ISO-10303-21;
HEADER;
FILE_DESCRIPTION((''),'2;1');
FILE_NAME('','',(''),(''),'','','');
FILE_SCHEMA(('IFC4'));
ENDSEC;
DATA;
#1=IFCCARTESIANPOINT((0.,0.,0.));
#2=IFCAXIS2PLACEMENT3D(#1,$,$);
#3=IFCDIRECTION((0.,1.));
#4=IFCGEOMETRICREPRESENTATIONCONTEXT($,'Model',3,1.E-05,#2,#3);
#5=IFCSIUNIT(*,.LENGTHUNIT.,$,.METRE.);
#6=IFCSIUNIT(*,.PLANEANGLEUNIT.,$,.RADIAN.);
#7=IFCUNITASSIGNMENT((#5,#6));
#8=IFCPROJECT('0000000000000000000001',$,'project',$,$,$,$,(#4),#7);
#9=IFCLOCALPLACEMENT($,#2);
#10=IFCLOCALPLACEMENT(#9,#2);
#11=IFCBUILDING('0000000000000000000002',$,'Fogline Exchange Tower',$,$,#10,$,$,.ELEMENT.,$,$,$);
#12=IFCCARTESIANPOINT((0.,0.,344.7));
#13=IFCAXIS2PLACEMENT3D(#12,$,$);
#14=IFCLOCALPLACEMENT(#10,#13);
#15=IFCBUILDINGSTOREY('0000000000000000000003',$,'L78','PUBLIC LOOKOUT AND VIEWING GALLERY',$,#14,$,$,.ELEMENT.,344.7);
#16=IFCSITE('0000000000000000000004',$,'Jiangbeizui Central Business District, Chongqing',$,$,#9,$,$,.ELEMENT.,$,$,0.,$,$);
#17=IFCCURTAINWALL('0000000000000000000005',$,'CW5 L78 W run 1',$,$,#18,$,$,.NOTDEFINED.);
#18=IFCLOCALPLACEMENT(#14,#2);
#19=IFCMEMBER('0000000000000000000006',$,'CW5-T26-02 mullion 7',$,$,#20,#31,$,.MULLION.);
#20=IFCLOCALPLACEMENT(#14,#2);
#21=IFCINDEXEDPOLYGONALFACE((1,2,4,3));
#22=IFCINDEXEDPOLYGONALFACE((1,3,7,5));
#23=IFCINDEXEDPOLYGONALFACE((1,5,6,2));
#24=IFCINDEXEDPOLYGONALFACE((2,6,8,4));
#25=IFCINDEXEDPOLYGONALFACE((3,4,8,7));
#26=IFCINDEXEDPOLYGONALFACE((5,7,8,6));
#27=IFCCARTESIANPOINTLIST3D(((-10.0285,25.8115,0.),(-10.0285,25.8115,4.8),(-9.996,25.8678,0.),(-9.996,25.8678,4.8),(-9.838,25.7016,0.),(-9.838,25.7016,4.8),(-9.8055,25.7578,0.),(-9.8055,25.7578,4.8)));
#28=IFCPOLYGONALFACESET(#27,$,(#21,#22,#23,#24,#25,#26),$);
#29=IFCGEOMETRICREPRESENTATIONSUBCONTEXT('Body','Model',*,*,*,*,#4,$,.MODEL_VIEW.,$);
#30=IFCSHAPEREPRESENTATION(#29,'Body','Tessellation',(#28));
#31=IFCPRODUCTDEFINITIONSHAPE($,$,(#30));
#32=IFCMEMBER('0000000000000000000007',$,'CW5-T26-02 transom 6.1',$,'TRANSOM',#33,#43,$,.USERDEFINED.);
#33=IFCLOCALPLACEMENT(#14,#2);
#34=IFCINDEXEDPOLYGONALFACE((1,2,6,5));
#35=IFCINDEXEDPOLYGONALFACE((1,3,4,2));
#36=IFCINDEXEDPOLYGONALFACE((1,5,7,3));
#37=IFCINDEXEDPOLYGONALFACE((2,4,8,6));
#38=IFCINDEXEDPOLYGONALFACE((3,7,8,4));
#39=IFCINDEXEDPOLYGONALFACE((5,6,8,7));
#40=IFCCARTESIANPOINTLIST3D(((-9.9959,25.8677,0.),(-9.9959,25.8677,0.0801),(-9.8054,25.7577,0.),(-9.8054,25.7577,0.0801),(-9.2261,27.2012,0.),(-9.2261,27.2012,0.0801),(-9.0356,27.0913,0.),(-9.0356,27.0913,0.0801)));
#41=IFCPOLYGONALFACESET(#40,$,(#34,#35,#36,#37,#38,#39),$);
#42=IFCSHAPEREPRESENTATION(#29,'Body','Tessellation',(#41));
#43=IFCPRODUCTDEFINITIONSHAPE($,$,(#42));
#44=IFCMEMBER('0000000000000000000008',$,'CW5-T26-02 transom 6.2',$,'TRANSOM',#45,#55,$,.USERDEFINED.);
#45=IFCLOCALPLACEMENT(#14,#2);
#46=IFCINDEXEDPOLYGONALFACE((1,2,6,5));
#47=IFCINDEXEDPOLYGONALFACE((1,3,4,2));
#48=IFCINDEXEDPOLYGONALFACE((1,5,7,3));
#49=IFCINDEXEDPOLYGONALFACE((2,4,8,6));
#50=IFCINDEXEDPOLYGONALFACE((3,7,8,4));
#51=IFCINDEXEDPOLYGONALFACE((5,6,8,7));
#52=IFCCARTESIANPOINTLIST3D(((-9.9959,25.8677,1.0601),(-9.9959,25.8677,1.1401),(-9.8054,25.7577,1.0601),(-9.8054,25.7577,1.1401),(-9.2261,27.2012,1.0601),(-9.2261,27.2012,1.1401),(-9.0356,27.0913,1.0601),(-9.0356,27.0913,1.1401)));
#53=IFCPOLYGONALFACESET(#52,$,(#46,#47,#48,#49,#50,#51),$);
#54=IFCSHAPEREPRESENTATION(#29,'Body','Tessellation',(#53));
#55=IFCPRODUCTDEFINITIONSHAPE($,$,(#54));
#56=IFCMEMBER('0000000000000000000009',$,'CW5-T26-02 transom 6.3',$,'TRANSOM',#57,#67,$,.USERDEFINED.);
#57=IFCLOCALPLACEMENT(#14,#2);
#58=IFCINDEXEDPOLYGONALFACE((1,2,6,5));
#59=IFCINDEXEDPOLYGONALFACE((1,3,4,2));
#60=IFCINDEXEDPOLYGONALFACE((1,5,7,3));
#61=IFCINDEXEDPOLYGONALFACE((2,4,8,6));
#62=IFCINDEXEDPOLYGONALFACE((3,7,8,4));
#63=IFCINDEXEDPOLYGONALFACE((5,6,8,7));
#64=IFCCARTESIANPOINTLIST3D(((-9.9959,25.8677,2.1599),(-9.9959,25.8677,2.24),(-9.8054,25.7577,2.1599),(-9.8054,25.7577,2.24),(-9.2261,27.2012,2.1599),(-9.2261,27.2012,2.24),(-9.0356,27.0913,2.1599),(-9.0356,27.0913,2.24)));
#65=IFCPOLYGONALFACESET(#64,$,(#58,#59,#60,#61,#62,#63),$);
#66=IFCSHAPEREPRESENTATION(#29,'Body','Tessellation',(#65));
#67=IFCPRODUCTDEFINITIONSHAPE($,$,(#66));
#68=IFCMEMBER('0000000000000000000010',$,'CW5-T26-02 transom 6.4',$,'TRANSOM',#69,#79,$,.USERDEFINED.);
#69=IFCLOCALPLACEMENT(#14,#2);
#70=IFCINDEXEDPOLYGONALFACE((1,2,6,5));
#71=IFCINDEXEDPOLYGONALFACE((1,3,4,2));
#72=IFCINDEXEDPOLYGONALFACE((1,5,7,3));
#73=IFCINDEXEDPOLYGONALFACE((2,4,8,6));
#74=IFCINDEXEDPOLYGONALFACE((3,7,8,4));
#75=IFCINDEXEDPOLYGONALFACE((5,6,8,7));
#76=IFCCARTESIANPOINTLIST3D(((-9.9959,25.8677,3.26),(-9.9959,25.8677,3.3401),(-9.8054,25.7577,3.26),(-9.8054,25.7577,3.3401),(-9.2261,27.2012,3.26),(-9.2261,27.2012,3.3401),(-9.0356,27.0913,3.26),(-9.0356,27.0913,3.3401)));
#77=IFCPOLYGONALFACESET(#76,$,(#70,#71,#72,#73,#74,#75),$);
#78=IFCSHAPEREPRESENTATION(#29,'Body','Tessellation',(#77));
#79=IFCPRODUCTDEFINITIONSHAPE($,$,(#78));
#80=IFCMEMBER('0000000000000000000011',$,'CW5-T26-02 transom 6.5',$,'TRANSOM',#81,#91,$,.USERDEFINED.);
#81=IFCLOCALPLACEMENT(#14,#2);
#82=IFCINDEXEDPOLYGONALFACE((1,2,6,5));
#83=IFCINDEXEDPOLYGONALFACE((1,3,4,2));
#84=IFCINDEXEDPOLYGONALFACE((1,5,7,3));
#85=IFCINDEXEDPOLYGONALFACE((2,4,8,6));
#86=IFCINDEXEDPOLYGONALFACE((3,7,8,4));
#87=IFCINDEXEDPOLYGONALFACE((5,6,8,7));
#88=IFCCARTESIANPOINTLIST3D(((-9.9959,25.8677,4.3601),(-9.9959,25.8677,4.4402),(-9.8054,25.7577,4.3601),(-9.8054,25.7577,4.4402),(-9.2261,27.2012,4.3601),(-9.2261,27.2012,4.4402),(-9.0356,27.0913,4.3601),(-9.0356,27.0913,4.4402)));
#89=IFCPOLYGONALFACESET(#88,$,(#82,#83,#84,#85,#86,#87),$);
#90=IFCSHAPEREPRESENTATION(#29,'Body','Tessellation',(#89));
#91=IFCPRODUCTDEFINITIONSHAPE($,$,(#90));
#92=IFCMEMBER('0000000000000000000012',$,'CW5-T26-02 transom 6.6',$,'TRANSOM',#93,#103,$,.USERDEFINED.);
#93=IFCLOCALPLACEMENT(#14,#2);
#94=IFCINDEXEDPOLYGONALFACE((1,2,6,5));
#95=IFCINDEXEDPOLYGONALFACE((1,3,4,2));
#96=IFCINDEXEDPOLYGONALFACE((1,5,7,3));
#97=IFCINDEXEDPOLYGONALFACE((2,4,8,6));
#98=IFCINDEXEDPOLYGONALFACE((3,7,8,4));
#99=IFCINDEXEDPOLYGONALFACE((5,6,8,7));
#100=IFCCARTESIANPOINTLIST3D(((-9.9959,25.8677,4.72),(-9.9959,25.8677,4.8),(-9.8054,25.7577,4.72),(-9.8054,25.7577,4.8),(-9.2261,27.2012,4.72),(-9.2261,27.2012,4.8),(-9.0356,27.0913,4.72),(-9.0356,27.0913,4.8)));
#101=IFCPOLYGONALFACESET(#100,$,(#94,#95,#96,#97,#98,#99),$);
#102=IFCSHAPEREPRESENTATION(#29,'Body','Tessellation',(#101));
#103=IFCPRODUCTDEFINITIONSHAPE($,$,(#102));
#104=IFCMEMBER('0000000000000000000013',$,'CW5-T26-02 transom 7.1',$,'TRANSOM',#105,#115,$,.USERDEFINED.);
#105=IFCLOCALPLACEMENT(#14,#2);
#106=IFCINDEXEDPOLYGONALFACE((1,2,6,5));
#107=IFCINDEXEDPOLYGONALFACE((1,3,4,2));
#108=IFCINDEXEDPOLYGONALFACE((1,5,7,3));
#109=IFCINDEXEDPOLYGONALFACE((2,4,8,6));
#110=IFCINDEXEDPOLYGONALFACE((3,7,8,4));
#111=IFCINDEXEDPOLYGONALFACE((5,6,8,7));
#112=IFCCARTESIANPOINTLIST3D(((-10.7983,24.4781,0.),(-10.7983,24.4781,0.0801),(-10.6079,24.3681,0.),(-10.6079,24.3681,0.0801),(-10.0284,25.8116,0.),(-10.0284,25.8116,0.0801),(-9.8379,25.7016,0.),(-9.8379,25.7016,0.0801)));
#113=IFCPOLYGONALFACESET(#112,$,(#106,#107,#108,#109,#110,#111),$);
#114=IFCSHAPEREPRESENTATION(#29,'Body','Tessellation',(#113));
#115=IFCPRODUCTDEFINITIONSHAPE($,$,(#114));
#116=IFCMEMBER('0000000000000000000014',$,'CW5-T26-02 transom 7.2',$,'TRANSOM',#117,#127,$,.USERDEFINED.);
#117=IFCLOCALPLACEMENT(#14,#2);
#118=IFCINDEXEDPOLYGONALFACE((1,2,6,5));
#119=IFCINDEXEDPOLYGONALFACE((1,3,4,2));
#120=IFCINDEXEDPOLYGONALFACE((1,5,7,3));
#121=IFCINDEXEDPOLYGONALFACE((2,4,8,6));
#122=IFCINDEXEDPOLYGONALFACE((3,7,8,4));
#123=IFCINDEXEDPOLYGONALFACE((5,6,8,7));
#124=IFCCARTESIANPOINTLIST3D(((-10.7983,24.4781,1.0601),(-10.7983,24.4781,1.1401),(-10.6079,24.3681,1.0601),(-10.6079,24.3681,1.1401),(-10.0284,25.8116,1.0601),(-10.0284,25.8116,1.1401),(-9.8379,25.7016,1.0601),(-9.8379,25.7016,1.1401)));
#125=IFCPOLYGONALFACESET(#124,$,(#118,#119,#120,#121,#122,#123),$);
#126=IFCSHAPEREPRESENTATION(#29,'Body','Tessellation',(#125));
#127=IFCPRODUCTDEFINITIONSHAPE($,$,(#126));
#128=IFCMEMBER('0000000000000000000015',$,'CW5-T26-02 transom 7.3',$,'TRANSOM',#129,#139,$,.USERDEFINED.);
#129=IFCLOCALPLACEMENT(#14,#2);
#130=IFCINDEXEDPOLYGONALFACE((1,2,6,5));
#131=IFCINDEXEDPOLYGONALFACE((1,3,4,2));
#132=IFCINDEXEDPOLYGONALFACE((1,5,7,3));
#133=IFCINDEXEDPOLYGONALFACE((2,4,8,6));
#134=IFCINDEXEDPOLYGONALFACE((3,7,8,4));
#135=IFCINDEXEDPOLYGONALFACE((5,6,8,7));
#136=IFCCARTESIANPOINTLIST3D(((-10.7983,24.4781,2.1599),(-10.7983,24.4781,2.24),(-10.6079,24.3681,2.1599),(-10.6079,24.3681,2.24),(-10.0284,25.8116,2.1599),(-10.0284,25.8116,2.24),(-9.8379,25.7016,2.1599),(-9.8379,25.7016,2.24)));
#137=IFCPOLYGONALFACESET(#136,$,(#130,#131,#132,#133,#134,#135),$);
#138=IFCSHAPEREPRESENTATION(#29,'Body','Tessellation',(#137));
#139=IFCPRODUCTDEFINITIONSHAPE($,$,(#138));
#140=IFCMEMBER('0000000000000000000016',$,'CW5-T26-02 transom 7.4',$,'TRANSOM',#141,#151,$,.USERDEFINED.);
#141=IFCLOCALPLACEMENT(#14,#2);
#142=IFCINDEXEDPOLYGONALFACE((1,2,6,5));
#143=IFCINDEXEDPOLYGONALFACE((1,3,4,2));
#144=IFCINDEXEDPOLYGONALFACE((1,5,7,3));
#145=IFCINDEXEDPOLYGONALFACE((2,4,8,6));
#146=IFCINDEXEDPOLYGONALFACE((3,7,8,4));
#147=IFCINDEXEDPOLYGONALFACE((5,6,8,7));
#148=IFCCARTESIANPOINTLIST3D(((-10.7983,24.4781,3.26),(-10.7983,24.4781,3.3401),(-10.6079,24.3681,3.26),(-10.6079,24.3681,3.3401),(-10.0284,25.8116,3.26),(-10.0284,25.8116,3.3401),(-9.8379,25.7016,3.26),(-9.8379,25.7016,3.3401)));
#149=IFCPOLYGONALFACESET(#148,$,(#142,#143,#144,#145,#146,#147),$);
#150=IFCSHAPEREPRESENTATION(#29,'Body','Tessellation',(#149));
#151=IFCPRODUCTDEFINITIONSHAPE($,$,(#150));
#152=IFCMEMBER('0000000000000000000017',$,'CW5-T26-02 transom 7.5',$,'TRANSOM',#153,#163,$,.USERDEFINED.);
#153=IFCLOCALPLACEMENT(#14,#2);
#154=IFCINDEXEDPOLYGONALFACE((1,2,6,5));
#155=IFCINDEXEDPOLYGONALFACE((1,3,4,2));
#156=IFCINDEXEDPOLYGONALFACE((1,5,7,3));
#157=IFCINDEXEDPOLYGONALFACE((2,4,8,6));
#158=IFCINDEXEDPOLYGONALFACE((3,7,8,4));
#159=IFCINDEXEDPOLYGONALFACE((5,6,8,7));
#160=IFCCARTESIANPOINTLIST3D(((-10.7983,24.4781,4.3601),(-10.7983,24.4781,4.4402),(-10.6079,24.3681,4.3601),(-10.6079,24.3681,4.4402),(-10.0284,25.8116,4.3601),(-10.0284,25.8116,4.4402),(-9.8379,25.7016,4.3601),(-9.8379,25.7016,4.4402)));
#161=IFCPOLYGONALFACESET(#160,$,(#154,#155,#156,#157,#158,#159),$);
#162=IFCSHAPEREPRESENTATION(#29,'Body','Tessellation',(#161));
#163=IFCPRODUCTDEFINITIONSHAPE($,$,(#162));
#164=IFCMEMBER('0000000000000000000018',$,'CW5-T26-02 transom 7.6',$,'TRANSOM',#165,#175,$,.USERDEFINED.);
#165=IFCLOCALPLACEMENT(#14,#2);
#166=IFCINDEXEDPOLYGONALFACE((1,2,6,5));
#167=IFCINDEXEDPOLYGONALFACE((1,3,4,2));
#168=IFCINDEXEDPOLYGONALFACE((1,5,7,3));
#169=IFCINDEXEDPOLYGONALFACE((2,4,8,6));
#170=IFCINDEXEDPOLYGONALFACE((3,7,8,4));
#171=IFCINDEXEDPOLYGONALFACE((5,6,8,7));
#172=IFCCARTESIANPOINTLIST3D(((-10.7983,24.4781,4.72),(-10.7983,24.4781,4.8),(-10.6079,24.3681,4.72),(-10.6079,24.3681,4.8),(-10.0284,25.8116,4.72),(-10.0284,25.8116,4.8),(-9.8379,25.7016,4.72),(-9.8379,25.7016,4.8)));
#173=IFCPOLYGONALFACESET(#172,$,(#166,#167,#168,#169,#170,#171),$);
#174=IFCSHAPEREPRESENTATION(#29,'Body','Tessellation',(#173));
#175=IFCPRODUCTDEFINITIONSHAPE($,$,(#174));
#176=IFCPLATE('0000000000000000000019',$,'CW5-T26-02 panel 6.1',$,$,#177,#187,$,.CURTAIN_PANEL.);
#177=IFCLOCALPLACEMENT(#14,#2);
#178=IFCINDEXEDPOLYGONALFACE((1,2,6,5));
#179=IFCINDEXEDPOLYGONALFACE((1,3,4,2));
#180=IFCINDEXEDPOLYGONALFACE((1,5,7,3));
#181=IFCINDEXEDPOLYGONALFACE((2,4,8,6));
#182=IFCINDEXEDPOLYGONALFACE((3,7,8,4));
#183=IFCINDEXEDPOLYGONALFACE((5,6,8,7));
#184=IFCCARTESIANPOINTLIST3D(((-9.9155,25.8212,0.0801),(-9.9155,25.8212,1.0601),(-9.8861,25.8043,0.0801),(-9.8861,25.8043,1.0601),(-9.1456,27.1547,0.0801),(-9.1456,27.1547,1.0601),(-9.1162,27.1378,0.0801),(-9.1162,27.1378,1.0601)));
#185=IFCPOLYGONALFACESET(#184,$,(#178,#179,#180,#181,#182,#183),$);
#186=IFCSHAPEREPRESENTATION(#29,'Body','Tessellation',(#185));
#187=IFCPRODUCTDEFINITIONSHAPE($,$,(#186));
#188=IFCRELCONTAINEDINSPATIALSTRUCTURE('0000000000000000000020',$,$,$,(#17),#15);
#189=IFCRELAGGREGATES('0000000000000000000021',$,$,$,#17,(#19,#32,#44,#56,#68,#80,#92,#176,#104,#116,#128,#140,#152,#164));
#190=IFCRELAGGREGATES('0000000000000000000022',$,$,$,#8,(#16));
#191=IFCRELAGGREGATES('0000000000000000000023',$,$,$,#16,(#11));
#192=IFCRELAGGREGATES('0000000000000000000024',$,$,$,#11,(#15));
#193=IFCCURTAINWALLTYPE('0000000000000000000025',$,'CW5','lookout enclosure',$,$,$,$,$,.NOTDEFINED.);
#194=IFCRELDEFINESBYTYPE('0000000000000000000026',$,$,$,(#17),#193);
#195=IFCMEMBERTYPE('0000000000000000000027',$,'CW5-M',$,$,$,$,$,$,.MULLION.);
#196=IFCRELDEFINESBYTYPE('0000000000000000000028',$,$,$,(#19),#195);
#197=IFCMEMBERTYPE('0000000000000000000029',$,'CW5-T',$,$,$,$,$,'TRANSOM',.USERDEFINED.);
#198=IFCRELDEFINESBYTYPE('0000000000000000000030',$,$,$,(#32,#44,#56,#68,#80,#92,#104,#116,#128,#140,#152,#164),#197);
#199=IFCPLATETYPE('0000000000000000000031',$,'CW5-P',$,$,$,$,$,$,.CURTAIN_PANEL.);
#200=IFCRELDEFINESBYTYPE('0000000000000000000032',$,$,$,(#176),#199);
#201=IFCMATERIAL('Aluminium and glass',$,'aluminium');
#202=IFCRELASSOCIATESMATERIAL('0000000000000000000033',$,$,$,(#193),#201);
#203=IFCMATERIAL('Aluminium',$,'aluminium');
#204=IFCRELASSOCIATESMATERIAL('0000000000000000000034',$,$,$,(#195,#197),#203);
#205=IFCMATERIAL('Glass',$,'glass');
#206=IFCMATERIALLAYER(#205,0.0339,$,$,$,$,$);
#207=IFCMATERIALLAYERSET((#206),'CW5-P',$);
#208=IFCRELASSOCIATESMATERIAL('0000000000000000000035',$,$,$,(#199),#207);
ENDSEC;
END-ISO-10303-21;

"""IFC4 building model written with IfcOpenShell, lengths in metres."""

from ifc_helpers import new_model, si_unit, direction, frame, origin, origin_2d, place, context, subcontext, project, spatial, rectangle, extrude, material, layer, layer_set, material_profile, profile_set, type_object, element, aggregate, save


model = new_model("IFC4")

# Units and contexts
model_context = context("Model", 3, precision=1e-05, world=origin(), true_north=direction((0.0, 1.0)))
body_context = subcontext(model_context, "Body", "Model", "MODEL_VIEW")
ifc_project = project(units=[si_unit("LENGTHUNIT", "METRE"), si_unit("PLANEANGLEUNIT", "RADIAN")], contexts=[model_context])

# Site, building, storey
site_placement = place(None, origin())
site = spatial("IfcSite", under=ifc_project, at=site_placement, Name="Jiangbeizui Central Business District, Chongqing", CompositionType="ELEMENT", RefElevation=0.0)
building_placement = place(site_placement, origin())
building = spatial("IfcBuilding", under=site, at=building_placement, Name="Fogline Exchange Tower", CompositionType="ELEMENT")
storey_placement = place(building_placement, frame((0.0, 0.0, 344.7)))
storey = spatial("IfcBuildingStorey", under=building, at=storey_placement, Name="L78", Description="PUBLIC LOOKOUT AND VIEWING GALLERY", CompositionType="ELEMENT", Elevation=344.7)

# Curtain wall, members, plate
ifc_material_1 = material(Name="Aluminium and glass", Category="aluminium")
curtain_wall_type = type_object("IfcCurtainWallType", Name="CW5", Description="lookout enclosure", PredefinedType="NOTDEFINED", material=ifc_material_1)
curtain_wall_placement = place(storey_placement, origin())
curtain_wall = element("IfcCurtainWall", 1, at=curtain_wall_placement, inside=storey, type_object=curtain_wall_type, Name="CW5 L78 W run 1", PredefinedType="NOTDEFINED")
ifc_material_2 = material(Name="Aluminium", Category="aluminium")
ifc_material_profile_1 = material_profile(ifc_material_2, rectangle(XDim=0.22, YDim=0.0649, at=origin_2d()), Name="Mullion 65x220")
ifc_profile_set_1 = profile_set([ifc_material_profile_1], Name="Aluminium")
member_type_1 = type_object("IfcMemberType", Name="CW5-M", PredefinedType="MULLION", material=ifc_profile_set_1)
member_1_placement = place(storey_placement, frame((-9.917, 25.7847, 0.0), z_axis=(0.0, 0.0, 1.0), x_axis=(0.866025, -0.5, 0.0)))
member_1 = element("IfcMember", 2, at=member_1_placement, type_object=member_type_1, Name="CW5-T26-02 mullion 7", PredefinedType="MULLION", context=body_context, shape_type="SweptSolid", body=[
    extrude(rectangle(XDim=0.22, YDim=0.0649, at=origin_2d()), origin(), (0.0, 0.0, 1.0), 4.8),
])
ifc_material_profile_2 = material_profile(ifc_material_2, rectangle(XDim=0.22, YDim=0.0801, at=origin_2d()), Name="Transom 80x220")
ifc_profile_set_2 = profile_set([ifc_material_profile_2], Name="Aluminium")
member_type_2 = type_object("IfcMemberType", Name="CW5-T", ElementType="TRANSOM", PredefinedType="USERDEFINED", material=ifc_profile_set_2)
member_2_placement = place(storey_placement, frame((-9.1309, 27.1462, 0.04), z_axis=(-0.499942, -0.866059, 0.0), x_axis=(0.866059, -0.499942, 0.0)))
member_2 = element("IfcMember", 3, at=member_2_placement, type_object=member_type_2, Name="CW5-T26-02 transom 6.1", ObjectType="TRANSOM", PredefinedType="USERDEFINED", context=body_context, shape_type="SweptSolid", body=[
    extrude(rectangle(XDim=0.22, YDim=0.0801, at=origin_2d()), origin(), (0.0, 0.0, 1.0), 1.5398),
])
member_3_placement = place(storey_placement, frame((-9.1309, 27.1462, 1.1001), z_axis=(-0.499942, -0.866059, 0.0), x_axis=(0.866059, -0.499942, 0.0)))
member_3 = element("IfcMember", 4, at=member_3_placement, type_object=member_type_2, Name="CW5-T26-02 transom 6.2", ObjectType="TRANSOM", PredefinedType="USERDEFINED", context=body_context, shape_type="SweptSolid", body=[
    extrude(rectangle(XDim=0.22, YDim=0.0801, at=origin_2d()), origin(), (0.0, 0.0, 1.0), 1.5398),
])
member_4_placement = place(storey_placement, frame((-9.1309, 27.1462, 2.2), z_axis=(-0.499942, -0.866059, 0.0), x_axis=(0.866059, -0.499942, 0.0)))
member_4 = element("IfcMember", 5, at=member_4_placement, type_object=member_type_2, Name="CW5-T26-02 transom 6.3", ObjectType="TRANSOM", PredefinedType="USERDEFINED", context=body_context, shape_type="SweptSolid", body=[
    extrude(rectangle(XDim=0.22, YDim=0.0801, at=origin_2d()), origin(), (0.0, 0.0, 1.0), 1.5398),
])
member_5_placement = place(storey_placement, frame((-9.1309, 27.1462, 3.3), z_axis=(-0.499942, -0.866059, 0.0), x_axis=(0.866059, -0.499942, 0.0)))
member_5 = element("IfcMember", 6, at=member_5_placement, type_object=member_type_2, Name="CW5-T26-02 transom 6.4", ObjectType="TRANSOM", PredefinedType="USERDEFINED", context=body_context, shape_type="SweptSolid", body=[
    extrude(rectangle(XDim=0.22, YDim=0.0801, at=origin_2d()), origin(), (0.0, 0.0, 1.0), 1.5398),
])
member_6_placement = place(storey_placement, frame((-9.1309, 27.1462, 4.4001), z_axis=(-0.499942, -0.866059, 0.0), x_axis=(0.866059, -0.499942, 0.0)))
member_6 = element("IfcMember", 7, at=member_6_placement, type_object=member_type_2, Name="CW5-T26-02 transom 6.5", ObjectType="TRANSOM", PredefinedType="USERDEFINED", context=body_context, shape_type="SweptSolid", body=[
    extrude(rectangle(XDim=0.22, YDim=0.0801, at=origin_2d()), origin(), (0.0, 0.0, 1.0), 1.5398),
])
member_7_placement = place(storey_placement, frame((-9.1309, 27.1462, 4.76), z_axis=(-0.499942, -0.866059, 0.0), x_axis=(0.866059, -0.499942, 0.0)))
member_7 = element("IfcMember", 8, at=member_7_placement, type_object=member_type_2, Name="CW5-T26-02 transom 6.6", ObjectType="TRANSOM", PredefinedType="USERDEFINED", context=body_context, shape_type="SweptSolid", body=[
    extrude(rectangle(XDim=0.22, YDim=0.0801, at=origin_2d()), origin(), (0.0, 0.0, 1.0), 1.5398),
])
member_8_placement = place(storey_placement, frame((-9.9331, 25.7566, 0.04), z_axis=(-0.500061, -0.86599, 0.0), x_axis=(0.86599, -0.500061, 0.0)))
member_8 = element("IfcMember", 9, at=member_8_placement, type_object=member_type_2, Name="CW5-T26-02 transom 7.1", ObjectType="TRANSOM", PredefinedType="USERDEFINED", context=body_context, shape_type="SweptSolid", body=[
    extrude(rectangle(XDim=0.22, YDim=0.0801, at=origin_2d()), origin(), (0.0, 0.0, 1.0), 1.5398),
])
member_9_placement = place(storey_placement, frame((-9.9331, 25.7566, 1.1001), z_axis=(-0.500061, -0.86599, 0.0), x_axis=(0.86599, -0.500061, 0.0)))
member_9 = element("IfcMember", 10, at=member_9_placement, type_object=member_type_2, Name="CW5-T26-02 transom 7.2", ObjectType="TRANSOM", PredefinedType="USERDEFINED", context=body_context, shape_type="SweptSolid", body=[
    extrude(rectangle(XDim=0.22, YDim=0.0801, at=origin_2d()), origin(), (0.0, 0.0, 1.0), 1.5398),
])
member_10_placement = place(storey_placement, frame((-9.9331, 25.7566, 2.2), z_axis=(-0.500061, -0.86599, 0.0), x_axis=(0.86599, -0.500061, 0.0)))
member_10 = element("IfcMember", 11, at=member_10_placement, type_object=member_type_2, Name="CW5-T26-02 transom 7.3", ObjectType="TRANSOM", PredefinedType="USERDEFINED", context=body_context, shape_type="SweptSolid", body=[
    extrude(rectangle(XDim=0.22, YDim=0.0801, at=origin_2d()), origin(), (0.0, 0.0, 1.0), 1.5398),
])
member_11_placement = place(storey_placement, frame((-9.9331, 25.7566, 3.3), z_axis=(-0.500061, -0.86599, 0.0), x_axis=(0.86599, -0.500061, 0.0)))
member_11 = element("IfcMember", 12, at=member_11_placement, type_object=member_type_2, Name="CW5-T26-02 transom 7.4", ObjectType="TRANSOM", PredefinedType="USERDEFINED", context=body_context, shape_type="SweptSolid", body=[
    extrude(rectangle(XDim=0.22, YDim=0.0801, at=origin_2d()), origin(), (0.0, 0.0, 1.0), 1.5398),
])
member_12_placement = place(storey_placement, frame((-9.9331, 25.7566, 4.4001), z_axis=(-0.500061, -0.86599, 0.0), x_axis=(0.86599, -0.500061, 0.0)))
member_12 = element("IfcMember", 13, at=member_12_placement, type_object=member_type_2, Name="CW5-T26-02 transom 7.5", ObjectType="TRANSOM", PredefinedType="USERDEFINED", context=body_context, shape_type="SweptSolid", body=[
    extrude(rectangle(XDim=0.22, YDim=0.0801, at=origin_2d()), origin(), (0.0, 0.0, 1.0), 1.5398),
])
member_13_placement = place(storey_placement, frame((-9.9331, 25.7566, 4.76), z_axis=(-0.500061, -0.86599, 0.0), x_axis=(0.86599, -0.500061, 0.0)))
member_13 = element("IfcMember", 14, at=member_13_placement, type_object=member_type_2, Name="CW5-T26-02 transom 7.6", ObjectType="TRANSOM", PredefinedType="USERDEFINED", context=body_context, shape_type="SweptSolid", body=[
    extrude(rectangle(XDim=0.22, YDim=0.0801, at=origin_2d()), origin(), (0.0, 0.0, 1.0), 1.5398),
])
ifc_material_3 = material(Name="Glass", Category="glass")
ifc_layer = layer(ifc_material_3, 0.0339)
ifc_layer_set = layer_set([ifc_layer], Name="CW5-P")
plate_type = type_object("IfcPlateType", Name="CW5-P", PredefinedType="CURTAIN_PANEL", material=ifc_layer_set)
plate_1_placement = place(storey_placement, frame((-9.5159, 26.4795, 0.0801), z_axis=(0.0, 0.0, 1.0), x_axis=(-0.5, -0.866025, 0.0)))
plate_1 = element("IfcPlate", 15, at=plate_1_placement, type_object=plate_type, Name="CW5-T26-02 panel 6.1", PredefinedType="CURTAIN_PANEL", context=body_context, shape_type="SweptSolid", body=[
    extrude(rectangle(XDim=1.5398, YDim=0.0339, at=origin_2d()), origin(), (0.0, 0.0, 1.0), 0.98),
])
aggregate(curtain_wall, [member_1, member_2, member_3, member_4, member_5, member_6, member_7, plate_1, member_8, member_9, member_10, member_11, member_12, member_13])

save(model, "model.ifc")
